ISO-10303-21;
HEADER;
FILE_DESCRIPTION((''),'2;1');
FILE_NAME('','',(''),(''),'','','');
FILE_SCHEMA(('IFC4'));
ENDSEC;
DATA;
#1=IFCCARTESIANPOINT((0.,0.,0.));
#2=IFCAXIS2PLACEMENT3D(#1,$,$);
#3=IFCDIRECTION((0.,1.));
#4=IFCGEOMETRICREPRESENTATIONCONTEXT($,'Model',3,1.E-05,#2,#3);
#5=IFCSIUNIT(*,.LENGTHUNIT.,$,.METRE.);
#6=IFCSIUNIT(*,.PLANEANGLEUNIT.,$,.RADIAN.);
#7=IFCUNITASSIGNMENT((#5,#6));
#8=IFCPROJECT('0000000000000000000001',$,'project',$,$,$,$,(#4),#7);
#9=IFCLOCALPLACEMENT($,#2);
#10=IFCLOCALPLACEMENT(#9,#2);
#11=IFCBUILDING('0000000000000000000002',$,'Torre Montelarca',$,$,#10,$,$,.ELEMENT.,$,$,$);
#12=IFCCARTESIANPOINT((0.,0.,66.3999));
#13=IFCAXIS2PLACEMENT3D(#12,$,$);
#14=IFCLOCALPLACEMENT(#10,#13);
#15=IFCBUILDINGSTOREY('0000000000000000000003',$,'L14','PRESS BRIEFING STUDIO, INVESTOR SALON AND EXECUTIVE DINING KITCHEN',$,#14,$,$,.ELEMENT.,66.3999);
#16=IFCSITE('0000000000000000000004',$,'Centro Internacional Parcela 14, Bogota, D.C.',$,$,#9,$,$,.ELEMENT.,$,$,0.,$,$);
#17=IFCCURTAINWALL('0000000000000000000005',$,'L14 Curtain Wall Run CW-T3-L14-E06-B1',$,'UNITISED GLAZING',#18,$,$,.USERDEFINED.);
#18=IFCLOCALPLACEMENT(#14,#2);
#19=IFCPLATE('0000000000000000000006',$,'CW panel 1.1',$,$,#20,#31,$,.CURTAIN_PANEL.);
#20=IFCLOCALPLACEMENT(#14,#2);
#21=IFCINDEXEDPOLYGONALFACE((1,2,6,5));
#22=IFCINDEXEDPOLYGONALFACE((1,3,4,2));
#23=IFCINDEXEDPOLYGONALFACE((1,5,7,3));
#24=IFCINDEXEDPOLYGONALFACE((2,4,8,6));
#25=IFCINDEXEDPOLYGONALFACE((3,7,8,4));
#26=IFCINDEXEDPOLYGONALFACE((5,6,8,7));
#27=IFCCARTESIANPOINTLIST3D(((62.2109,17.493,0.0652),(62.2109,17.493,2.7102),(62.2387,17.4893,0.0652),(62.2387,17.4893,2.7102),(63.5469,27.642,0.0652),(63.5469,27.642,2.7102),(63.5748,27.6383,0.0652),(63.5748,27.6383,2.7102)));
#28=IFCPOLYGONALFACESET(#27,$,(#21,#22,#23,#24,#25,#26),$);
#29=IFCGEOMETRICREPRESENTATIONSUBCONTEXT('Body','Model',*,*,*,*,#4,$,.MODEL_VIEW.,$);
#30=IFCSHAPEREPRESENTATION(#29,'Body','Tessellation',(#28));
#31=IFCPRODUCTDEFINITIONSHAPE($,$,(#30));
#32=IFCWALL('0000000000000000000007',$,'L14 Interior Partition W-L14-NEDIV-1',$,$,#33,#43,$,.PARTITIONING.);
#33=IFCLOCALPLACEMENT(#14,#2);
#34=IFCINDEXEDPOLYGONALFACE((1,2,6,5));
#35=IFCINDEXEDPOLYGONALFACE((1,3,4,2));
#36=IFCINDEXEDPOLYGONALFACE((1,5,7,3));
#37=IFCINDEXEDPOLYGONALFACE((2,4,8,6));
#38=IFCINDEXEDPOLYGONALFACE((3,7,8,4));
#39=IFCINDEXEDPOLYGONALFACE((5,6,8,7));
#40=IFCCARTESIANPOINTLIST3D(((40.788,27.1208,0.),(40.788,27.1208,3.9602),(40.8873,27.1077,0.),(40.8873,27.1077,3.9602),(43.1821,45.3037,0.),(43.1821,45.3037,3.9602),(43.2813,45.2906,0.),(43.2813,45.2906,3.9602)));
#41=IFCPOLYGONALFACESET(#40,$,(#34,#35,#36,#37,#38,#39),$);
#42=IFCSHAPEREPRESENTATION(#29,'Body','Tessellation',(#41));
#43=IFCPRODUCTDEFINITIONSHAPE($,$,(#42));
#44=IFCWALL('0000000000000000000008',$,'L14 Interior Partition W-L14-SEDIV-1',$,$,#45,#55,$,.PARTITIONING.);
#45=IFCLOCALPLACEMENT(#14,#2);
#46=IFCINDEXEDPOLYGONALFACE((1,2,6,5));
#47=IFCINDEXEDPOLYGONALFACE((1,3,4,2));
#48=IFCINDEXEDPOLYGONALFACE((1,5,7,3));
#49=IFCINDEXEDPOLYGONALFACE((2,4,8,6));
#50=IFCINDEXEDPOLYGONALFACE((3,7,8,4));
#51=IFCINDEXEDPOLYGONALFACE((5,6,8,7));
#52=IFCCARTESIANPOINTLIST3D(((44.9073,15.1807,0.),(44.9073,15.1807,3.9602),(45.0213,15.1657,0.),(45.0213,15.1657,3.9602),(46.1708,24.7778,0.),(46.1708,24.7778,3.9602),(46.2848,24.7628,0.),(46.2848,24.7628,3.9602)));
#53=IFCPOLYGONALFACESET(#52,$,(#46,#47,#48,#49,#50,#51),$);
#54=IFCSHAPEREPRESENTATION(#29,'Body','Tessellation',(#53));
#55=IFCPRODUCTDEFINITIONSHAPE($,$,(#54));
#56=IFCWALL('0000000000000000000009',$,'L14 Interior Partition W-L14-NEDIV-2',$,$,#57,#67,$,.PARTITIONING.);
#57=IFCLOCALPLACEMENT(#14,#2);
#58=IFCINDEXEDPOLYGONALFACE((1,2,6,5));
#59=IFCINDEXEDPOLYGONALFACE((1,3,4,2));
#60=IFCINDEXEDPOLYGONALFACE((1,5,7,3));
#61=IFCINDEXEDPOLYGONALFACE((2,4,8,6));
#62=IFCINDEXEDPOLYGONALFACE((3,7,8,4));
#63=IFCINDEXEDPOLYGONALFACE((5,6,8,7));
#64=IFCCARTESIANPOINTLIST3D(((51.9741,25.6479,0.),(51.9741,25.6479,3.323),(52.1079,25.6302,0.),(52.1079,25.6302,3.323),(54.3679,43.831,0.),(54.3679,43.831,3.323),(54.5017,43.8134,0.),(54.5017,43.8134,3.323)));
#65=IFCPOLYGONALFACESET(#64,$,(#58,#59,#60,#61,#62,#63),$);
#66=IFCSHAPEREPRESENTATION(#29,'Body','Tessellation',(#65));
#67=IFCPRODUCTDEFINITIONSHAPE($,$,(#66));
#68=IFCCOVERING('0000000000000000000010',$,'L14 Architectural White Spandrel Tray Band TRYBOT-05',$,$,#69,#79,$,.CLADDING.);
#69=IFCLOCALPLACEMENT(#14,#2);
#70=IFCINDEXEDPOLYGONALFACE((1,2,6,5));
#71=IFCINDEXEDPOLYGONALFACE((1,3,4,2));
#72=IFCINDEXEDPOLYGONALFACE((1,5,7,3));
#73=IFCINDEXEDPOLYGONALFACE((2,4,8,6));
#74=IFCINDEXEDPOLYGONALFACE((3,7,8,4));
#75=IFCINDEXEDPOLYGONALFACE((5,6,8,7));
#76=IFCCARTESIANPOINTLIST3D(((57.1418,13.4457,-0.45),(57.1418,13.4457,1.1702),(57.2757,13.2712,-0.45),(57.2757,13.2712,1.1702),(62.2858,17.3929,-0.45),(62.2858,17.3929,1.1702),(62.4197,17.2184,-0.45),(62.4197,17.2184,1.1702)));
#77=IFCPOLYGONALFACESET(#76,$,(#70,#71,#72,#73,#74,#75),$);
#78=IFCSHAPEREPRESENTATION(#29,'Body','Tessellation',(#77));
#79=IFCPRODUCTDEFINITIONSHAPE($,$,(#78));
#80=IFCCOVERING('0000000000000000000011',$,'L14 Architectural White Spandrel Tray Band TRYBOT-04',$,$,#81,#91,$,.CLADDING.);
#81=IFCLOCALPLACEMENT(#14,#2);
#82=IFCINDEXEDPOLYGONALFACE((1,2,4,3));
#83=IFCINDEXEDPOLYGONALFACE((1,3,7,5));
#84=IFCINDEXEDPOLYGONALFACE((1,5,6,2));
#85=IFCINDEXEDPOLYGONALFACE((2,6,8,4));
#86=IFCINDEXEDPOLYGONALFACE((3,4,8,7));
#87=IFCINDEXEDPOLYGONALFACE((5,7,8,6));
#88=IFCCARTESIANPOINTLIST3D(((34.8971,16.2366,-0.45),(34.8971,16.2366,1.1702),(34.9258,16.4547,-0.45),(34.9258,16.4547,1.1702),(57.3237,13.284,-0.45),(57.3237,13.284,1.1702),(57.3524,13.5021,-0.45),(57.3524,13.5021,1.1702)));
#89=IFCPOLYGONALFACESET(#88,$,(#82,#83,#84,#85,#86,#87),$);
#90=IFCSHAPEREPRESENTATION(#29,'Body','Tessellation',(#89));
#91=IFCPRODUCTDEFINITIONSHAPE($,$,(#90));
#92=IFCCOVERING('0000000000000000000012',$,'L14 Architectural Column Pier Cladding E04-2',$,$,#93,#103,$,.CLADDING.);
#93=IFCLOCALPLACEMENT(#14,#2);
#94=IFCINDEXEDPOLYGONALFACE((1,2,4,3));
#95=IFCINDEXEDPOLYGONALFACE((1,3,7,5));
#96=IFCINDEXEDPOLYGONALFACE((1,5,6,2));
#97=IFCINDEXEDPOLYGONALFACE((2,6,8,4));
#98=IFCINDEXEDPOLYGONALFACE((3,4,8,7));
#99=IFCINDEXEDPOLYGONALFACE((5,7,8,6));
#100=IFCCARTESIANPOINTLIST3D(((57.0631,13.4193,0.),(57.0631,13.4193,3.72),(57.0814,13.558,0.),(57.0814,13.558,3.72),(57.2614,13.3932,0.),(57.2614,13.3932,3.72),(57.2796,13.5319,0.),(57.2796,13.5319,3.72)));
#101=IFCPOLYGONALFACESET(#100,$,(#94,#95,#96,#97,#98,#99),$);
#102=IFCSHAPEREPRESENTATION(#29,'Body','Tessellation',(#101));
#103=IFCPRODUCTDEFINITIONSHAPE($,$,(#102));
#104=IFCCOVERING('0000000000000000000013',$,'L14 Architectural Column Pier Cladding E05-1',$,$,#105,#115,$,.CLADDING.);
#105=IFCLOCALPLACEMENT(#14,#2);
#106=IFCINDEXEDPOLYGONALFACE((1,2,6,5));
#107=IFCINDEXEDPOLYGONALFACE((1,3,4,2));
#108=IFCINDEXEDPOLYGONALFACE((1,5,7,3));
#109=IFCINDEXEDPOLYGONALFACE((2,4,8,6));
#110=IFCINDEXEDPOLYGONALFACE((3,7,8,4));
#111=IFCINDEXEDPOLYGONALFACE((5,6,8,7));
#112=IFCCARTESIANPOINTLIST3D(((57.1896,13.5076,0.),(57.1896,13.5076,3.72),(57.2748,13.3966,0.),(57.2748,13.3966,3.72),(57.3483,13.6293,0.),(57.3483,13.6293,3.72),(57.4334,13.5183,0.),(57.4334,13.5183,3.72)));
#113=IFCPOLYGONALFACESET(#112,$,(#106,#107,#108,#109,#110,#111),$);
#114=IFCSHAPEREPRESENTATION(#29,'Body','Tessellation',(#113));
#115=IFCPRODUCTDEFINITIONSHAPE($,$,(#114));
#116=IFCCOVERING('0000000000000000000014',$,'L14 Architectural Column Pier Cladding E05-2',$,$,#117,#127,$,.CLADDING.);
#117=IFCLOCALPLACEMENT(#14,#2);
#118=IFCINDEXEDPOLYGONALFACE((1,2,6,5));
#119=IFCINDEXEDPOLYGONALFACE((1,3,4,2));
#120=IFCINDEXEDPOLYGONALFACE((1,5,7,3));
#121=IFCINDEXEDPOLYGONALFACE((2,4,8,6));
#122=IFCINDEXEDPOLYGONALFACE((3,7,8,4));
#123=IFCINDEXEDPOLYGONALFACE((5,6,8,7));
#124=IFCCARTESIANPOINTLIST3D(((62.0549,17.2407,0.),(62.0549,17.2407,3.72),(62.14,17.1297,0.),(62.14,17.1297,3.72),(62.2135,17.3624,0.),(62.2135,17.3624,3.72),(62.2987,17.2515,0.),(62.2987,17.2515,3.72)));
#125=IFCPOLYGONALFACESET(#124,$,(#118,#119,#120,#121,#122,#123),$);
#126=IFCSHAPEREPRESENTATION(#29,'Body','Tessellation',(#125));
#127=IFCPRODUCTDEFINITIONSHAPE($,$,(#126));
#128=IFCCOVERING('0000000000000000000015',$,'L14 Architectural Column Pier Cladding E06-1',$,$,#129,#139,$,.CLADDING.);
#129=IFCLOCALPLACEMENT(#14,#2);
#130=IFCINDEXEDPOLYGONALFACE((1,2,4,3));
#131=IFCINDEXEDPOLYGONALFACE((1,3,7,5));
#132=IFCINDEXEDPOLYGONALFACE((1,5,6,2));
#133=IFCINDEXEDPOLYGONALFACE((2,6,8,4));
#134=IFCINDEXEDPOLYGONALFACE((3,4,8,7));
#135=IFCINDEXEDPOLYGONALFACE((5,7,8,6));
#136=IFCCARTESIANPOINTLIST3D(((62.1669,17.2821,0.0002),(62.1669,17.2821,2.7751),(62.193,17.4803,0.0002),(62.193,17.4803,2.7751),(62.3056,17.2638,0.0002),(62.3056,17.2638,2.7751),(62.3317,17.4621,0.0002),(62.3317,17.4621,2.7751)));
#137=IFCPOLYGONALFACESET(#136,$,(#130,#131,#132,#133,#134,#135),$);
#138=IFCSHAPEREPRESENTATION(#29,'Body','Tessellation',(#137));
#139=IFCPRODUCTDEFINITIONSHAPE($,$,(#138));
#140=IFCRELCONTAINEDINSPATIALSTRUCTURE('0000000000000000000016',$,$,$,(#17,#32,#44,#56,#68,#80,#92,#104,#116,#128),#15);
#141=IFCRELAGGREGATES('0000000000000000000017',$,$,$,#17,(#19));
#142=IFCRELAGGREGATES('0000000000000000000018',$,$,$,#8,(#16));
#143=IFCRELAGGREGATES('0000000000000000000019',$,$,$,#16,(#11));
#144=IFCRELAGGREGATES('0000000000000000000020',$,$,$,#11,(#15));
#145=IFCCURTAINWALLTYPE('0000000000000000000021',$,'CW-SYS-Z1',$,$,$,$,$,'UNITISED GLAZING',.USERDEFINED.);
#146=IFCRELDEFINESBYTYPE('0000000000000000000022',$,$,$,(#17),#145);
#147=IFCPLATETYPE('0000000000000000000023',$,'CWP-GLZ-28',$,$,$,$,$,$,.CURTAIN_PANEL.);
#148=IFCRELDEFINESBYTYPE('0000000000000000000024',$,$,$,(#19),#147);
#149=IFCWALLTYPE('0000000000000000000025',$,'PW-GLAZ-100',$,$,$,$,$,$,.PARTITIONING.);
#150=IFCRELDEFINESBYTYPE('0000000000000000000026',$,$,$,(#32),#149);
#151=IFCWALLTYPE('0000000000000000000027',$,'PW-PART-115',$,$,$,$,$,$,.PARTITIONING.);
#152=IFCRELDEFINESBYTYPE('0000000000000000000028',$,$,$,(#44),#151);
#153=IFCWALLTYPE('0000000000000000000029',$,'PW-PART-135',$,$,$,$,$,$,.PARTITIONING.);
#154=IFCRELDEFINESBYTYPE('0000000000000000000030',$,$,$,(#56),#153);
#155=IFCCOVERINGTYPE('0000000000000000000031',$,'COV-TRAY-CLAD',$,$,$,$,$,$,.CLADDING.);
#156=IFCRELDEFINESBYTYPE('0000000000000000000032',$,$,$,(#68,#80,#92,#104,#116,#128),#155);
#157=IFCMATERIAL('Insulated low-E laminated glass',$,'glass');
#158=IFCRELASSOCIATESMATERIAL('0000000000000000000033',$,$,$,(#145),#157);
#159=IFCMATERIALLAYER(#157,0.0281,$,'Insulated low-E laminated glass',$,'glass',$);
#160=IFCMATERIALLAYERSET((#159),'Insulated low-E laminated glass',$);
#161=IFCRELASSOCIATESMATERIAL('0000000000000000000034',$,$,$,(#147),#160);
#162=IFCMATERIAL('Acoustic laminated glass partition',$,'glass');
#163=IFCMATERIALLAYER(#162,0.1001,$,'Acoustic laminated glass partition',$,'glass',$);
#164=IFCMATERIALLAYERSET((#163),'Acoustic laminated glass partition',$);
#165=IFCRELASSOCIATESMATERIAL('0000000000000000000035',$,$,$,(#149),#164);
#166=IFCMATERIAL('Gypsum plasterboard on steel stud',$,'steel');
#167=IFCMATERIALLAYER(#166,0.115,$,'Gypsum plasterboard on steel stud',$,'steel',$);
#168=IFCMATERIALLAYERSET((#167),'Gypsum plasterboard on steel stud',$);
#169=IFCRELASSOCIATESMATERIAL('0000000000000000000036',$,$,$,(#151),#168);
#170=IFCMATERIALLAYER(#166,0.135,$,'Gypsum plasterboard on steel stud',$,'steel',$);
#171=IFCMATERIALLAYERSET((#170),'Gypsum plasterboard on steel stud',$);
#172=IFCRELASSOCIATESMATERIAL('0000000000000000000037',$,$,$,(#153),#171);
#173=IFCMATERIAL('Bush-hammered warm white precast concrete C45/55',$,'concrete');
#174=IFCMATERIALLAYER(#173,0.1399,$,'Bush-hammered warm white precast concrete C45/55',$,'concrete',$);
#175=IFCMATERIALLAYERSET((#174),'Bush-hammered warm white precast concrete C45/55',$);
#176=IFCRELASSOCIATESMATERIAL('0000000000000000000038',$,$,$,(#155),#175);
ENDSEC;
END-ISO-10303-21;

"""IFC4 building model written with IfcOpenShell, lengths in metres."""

from ifc_helpers import new_model, si_unit, direction, frame, frame_2d, origin, origin_2d, place, context, subcontext, project, spatial, rectangle, extrude, source, transform, mapped, material, layer, layer_set, type_object, element, aggregate, save


model = new_model("IFC4")

# Units and contexts
model_context = context("Model", 3, precision=1e-05, world=origin(), true_north=direction((0.0, 1.0)))
body_context = subcontext(model_context, "Body", "Model", "MODEL_VIEW")
ifc_project = project(units=[si_unit("LENGTHUNIT", "METRE"), si_unit("PLANEANGLEUNIT", "RADIAN")], contexts=[model_context])

# Site, building, storey
site_placement = place(None, origin())
site = spatial("IfcSite", under=ifc_project, at=site_placement, Name="Centro Internacional Parcela 14, Bogota, D.C.", CompositionType="ELEMENT", RefElevation=0.0)
building_placement = place(site_placement, origin())
building = spatial("IfcBuilding", under=site, at=building_placement, Name="Torre Montelarca", CompositionType="ELEMENT")
storey_placement = place(building_placement, frame((0.0, 0.0, 66.3999)))
storey = spatial("IfcBuildingStorey", under=building, at=storey_placement, Name="L14", Description="PRESS BRIEFING STUDIO, INVESTOR SALON AND EXECUTIVE DINING KITCHEN", CompositionType="ELEMENT", Elevation=66.3999)

# Curtain wall
ifc_material_1 = material(Name="Insulated low-E laminated glass", Category="glass")
curtain_wall_type = type_object("IfcCurtainWallType", Name="CW-SYS-Z1", ElementType="UNITISED GLAZING", PredefinedType="USERDEFINED", material=ifc_material_1)
curtain_wall_1_placement = place(storey_placement, origin())
curtain_wall_1 = element("IfcCurtainWall", 1, at=curtain_wall_1_placement, inside=storey, type_object=curtain_wall_type, Name="L14 Curtain Wall Run CW-T3-L14-E06-B1", ObjectType="UNITISED GLAZING", PredefinedType="USERDEFINED")

# Plate
ifc_layer_1 = layer(ifc_material_1, 0.0281, Name="Insulated low-E laminated glass", Category="glass")
ifc_layer_set_1 = layer_set([ifc_layer_1], Name="Insulated low-E laminated glass")
plate_type = type_object("IfcPlateType", Name="CWP-GLZ-28", PredefinedType="CURTAIN_PANEL", material=ifc_layer_set_1)
shared_shape_1 = source(origin(), body_context, "Body", "SweptSolid", [
    extrude(rectangle(XDim=10.2366, YDim=0.0281, at=origin_2d()), origin(), (0.0, 0.0, 1.0), 2.645),
])
plate_1_placement = place(storey_placement, frame((62.8928, 22.5657, 0.0652), z_axis=(0.0, 0.0, 1.0), x_axis=(0.130519, 0.991446, 0.0)))
plate_1 = element("IfcPlate", 2, at=plate_1_placement, type_object=plate_type, Name="CW panel 1.1", PredefinedType="CURTAIN_PANEL", context=body_context, shape_type="MappedRepresentation", body=[
    mapped(shared_shape_1, transform((0.0, 0.0, 0.0), scale=1.0)),
])
aggregate(curtain_wall_1, [plate_1])

# Walls
ifc_material_2 = material(Name="Acoustic laminated glass partition", Category="glass")
ifc_layer_2 = layer(ifc_material_2, 0.1001, Name="Acoustic laminated glass partition", Category="glass")
ifc_layer_set_2 = layer_set([ifc_layer_2], Name="Acoustic laminated glass partition")
wall_type_1 = type_object("IfcWallType", Name="PW-GLAZ-100", PredefinedType="PARTITIONING", material=ifc_layer_set_2)
wall_1_placement = place(storey_placement, frame((40.8376, 27.1143, 0.0), z_axis=(0.0, 0.0, 1.0), x_axis=(0.130538, 0.991443, 0.0)))
element("IfcWall", 3, at=wall_1_placement, inside=storey, type_object=wall_type_1, Name="L14 Interior Partition W-L14-NEDIV-1", PredefinedType="PARTITIONING", context=body_context, shape_type="SweptSolid", body=[
    extrude(rectangle(XDim=18.3398, YDim=0.1001, at=frame_2d((9.1699, 0.0))), origin(), (0.0, 0.0, 1.0), 3.9602),
])
ifc_material_3 = material(Name="Gypsum plasterboard on steel stud", Category="steel")
ifc_layer_3 = layer(ifc_material_3, 0.115, Name="Gypsum plasterboard on steel stud", Category="steel")
ifc_layer_set_3 = layer_set([ifc_layer_3], Name="Gypsum plasterboard on steel stud")
wall_type_2 = type_object("IfcWallType", Name="PW-PART-115", PredefinedType="PARTITIONING", material=ifc_layer_set_3)
wall_2_placement = place(storey_placement, frame((44.9644, 15.1733, 0.0), z_axis=(0.0, 0.0, 1.0), x_axis=(0.13052, 0.991446, 0.0)))
element("IfcWall", 4, at=wall_2_placement, inside=storey, type_object=wall_type_2, Name="L14 Interior Partition W-L14-SEDIV-1", PredefinedType="PARTITIONING", context=body_context, shape_type="SweptSolid", body=[
    extrude(rectangle(XDim=9.6799, YDim=0.115, at=frame_2d((4.8398, 0.0))), origin(), (0.0, 0.0, 1.0), 3.9602),
])
ifc_layer_4 = layer(ifc_material_3, 0.135, Name="Gypsum plasterboard on steel stud", Category="steel")
ifc_layer_set_4 = layer_set([ifc_layer_4], Name="Gypsum plasterboard on steel stud")
wall_type_3 = type_object("IfcWallType", Name="PW-PART-135", PredefinedType="PARTITIONING", material=ifc_layer_set_4)
wall_3_placement = place(storey_placement, frame((52.041, 25.6392, 0.0), z_axis=(0.0, 0.0, 1.0), x_axis=(0.130523, 0.991445, 0.0)))
element("IfcWall", 5, at=wall_3_placement, inside=storey, type_object=wall_type_3, Name="L14 Interior Partition W-L14-NEDIV-2", PredefinedType="PARTITIONING", context=body_context, shape_type="SweptSolid", body=[
    extrude(rectangle(XDim=18.3401, YDim=0.135, at=frame_2d((9.1699, 0.0))), origin(), (0.0, 0.0, 1.0), 3.323),
])

# Coverings
ifc_material_4 = material(Name="Bush-hammered warm white precast concrete C45/55", Category="concrete")
ifc_layer_5 = layer(ifc_material_4, 0.1399, Name="Bush-hammered warm white precast concrete C45/55", Category="concrete")
ifc_layer_set_5 = layer_set([ifc_layer_5], Name="Bush-hammered warm white precast concrete C45/55")
covering_type = type_object("IfcCoveringType", Name="COV-TRAY-CLAD", PredefinedType="CLADDING", material=ifc_layer_set_5)
shared_shape_2 = source(origin(), body_context, "Body", "SweptSolid", [
    extrude(rectangle(XDim=6.4839, YDim=0.22, at=origin_2d()), origin(), (0.0, 0.0, 1.0), 1.6201),
])
covering_1_placement = place(storey_placement, frame((59.7808, 15.332, -0.45), z_axis=(0.0, 0.0, 1.0), x_axis=(0.79335, 0.608766, 0.0)))
element("IfcCovering", 6, at=covering_1_placement, inside=storey, type_object=covering_type, Name="L14 Architectural White Spandrel Tray Band TRYBOT-05", PredefinedType="CLADDING", context=body_context, shape_type="MappedRepresentation", body=[
    mapped(shared_shape_2, transform((0.0, 0.0, 0.0), scale=1.0)),
])
shared_shape_3 = source(origin(), body_context, "Body", "SweptSolid", [
    extrude(rectangle(XDim=22.6201, YDim=0.22, at=origin_2d()), origin(), (0.0, 0.0, 1.0), 1.6201),
])
covering_2_placement = place(storey_placement, frame((46.1248, 14.8694, -0.45), z_axis=(0.0, 0.0, 1.0), x_axis=(0.991444, -0.13053, 0.0)))
element("IfcCovering", 7, at=covering_2_placement, inside=storey, type_object=covering_type, Name="L14 Architectural White Spandrel Tray Band TRYBOT-04", PredefinedType="CLADDING", context=body_context, shape_type="MappedRepresentation", body=[
    mapped(shared_shape_3, transform((0.0, 0.0, 0.0), scale=1.0)),
])
shared_shape_4 = source(origin(), body_context, "Body", "SweptSolid", [
    extrude(rectangle(XDim=0.2, YDim=0.1399, at=origin_2d()), origin(), (0.0, 0.0, 1.0), 3.72),
])
for number, where, z_axis, x_axis, name in (
    (8, (57.1714, 13.4756, 0.0), (0.0, 0.0, 1.0), (0.991445, -0.130526, 0.0), "L14 Architectural Column Pier Cladding E04-2"),
    (9, (57.3115, 13.5129, 0.0), (0.0, 0.0, 1.0), (0.793344, 0.608774, 0.0), "L14 Architectural Column Pier Cladding E05-1"),
    (10, (62.1768, 17.2461, 0.0), (0.0, 0.0, 1.0), (0.793344, 0.608774, 0.0), "L14 Architectural Column Pier Cladding E05-2"),
):
    element("IfcCovering", number, at=place(storey_placement, frame(where, z_axis=z_axis, x_axis=x_axis)), inside=storey, type_object=covering_type, Name=name, PredefinedType="CLADDING", context=body_context, shape_type="MappedRepresentation", body=[
        mapped(shared_shape_4, transform((0.0, 0.0, 0.0), scale=1.0)),
    ])
shared_shape_5 = source(origin(), body_context, "Body", "SweptSolid", [
    extrude(rectangle(XDim=0.2, YDim=0.1399, at=origin_2d()), origin(), (0.0, 0.0, 1.0), 2.7749),
])
covering_3_placement = place(storey_placement, frame((62.2493, 17.3721, 0.0002), z_axis=(0.0, 0.0, 1.0), x_axis=(0.130524, 0.991445, 0.0)))
element("IfcCovering", 11, at=covering_3_placement, inside=storey, type_object=covering_type, Name="L14 Architectural Column Pier Cladding E06-1", PredefinedType="CLADDING", context=body_context, shape_type="MappedRepresentation", body=[
    mapped(shared_shape_5, transform((0.0, 0.0, 0.0), scale=1.0)),
])

save(model, "model.ifc")
